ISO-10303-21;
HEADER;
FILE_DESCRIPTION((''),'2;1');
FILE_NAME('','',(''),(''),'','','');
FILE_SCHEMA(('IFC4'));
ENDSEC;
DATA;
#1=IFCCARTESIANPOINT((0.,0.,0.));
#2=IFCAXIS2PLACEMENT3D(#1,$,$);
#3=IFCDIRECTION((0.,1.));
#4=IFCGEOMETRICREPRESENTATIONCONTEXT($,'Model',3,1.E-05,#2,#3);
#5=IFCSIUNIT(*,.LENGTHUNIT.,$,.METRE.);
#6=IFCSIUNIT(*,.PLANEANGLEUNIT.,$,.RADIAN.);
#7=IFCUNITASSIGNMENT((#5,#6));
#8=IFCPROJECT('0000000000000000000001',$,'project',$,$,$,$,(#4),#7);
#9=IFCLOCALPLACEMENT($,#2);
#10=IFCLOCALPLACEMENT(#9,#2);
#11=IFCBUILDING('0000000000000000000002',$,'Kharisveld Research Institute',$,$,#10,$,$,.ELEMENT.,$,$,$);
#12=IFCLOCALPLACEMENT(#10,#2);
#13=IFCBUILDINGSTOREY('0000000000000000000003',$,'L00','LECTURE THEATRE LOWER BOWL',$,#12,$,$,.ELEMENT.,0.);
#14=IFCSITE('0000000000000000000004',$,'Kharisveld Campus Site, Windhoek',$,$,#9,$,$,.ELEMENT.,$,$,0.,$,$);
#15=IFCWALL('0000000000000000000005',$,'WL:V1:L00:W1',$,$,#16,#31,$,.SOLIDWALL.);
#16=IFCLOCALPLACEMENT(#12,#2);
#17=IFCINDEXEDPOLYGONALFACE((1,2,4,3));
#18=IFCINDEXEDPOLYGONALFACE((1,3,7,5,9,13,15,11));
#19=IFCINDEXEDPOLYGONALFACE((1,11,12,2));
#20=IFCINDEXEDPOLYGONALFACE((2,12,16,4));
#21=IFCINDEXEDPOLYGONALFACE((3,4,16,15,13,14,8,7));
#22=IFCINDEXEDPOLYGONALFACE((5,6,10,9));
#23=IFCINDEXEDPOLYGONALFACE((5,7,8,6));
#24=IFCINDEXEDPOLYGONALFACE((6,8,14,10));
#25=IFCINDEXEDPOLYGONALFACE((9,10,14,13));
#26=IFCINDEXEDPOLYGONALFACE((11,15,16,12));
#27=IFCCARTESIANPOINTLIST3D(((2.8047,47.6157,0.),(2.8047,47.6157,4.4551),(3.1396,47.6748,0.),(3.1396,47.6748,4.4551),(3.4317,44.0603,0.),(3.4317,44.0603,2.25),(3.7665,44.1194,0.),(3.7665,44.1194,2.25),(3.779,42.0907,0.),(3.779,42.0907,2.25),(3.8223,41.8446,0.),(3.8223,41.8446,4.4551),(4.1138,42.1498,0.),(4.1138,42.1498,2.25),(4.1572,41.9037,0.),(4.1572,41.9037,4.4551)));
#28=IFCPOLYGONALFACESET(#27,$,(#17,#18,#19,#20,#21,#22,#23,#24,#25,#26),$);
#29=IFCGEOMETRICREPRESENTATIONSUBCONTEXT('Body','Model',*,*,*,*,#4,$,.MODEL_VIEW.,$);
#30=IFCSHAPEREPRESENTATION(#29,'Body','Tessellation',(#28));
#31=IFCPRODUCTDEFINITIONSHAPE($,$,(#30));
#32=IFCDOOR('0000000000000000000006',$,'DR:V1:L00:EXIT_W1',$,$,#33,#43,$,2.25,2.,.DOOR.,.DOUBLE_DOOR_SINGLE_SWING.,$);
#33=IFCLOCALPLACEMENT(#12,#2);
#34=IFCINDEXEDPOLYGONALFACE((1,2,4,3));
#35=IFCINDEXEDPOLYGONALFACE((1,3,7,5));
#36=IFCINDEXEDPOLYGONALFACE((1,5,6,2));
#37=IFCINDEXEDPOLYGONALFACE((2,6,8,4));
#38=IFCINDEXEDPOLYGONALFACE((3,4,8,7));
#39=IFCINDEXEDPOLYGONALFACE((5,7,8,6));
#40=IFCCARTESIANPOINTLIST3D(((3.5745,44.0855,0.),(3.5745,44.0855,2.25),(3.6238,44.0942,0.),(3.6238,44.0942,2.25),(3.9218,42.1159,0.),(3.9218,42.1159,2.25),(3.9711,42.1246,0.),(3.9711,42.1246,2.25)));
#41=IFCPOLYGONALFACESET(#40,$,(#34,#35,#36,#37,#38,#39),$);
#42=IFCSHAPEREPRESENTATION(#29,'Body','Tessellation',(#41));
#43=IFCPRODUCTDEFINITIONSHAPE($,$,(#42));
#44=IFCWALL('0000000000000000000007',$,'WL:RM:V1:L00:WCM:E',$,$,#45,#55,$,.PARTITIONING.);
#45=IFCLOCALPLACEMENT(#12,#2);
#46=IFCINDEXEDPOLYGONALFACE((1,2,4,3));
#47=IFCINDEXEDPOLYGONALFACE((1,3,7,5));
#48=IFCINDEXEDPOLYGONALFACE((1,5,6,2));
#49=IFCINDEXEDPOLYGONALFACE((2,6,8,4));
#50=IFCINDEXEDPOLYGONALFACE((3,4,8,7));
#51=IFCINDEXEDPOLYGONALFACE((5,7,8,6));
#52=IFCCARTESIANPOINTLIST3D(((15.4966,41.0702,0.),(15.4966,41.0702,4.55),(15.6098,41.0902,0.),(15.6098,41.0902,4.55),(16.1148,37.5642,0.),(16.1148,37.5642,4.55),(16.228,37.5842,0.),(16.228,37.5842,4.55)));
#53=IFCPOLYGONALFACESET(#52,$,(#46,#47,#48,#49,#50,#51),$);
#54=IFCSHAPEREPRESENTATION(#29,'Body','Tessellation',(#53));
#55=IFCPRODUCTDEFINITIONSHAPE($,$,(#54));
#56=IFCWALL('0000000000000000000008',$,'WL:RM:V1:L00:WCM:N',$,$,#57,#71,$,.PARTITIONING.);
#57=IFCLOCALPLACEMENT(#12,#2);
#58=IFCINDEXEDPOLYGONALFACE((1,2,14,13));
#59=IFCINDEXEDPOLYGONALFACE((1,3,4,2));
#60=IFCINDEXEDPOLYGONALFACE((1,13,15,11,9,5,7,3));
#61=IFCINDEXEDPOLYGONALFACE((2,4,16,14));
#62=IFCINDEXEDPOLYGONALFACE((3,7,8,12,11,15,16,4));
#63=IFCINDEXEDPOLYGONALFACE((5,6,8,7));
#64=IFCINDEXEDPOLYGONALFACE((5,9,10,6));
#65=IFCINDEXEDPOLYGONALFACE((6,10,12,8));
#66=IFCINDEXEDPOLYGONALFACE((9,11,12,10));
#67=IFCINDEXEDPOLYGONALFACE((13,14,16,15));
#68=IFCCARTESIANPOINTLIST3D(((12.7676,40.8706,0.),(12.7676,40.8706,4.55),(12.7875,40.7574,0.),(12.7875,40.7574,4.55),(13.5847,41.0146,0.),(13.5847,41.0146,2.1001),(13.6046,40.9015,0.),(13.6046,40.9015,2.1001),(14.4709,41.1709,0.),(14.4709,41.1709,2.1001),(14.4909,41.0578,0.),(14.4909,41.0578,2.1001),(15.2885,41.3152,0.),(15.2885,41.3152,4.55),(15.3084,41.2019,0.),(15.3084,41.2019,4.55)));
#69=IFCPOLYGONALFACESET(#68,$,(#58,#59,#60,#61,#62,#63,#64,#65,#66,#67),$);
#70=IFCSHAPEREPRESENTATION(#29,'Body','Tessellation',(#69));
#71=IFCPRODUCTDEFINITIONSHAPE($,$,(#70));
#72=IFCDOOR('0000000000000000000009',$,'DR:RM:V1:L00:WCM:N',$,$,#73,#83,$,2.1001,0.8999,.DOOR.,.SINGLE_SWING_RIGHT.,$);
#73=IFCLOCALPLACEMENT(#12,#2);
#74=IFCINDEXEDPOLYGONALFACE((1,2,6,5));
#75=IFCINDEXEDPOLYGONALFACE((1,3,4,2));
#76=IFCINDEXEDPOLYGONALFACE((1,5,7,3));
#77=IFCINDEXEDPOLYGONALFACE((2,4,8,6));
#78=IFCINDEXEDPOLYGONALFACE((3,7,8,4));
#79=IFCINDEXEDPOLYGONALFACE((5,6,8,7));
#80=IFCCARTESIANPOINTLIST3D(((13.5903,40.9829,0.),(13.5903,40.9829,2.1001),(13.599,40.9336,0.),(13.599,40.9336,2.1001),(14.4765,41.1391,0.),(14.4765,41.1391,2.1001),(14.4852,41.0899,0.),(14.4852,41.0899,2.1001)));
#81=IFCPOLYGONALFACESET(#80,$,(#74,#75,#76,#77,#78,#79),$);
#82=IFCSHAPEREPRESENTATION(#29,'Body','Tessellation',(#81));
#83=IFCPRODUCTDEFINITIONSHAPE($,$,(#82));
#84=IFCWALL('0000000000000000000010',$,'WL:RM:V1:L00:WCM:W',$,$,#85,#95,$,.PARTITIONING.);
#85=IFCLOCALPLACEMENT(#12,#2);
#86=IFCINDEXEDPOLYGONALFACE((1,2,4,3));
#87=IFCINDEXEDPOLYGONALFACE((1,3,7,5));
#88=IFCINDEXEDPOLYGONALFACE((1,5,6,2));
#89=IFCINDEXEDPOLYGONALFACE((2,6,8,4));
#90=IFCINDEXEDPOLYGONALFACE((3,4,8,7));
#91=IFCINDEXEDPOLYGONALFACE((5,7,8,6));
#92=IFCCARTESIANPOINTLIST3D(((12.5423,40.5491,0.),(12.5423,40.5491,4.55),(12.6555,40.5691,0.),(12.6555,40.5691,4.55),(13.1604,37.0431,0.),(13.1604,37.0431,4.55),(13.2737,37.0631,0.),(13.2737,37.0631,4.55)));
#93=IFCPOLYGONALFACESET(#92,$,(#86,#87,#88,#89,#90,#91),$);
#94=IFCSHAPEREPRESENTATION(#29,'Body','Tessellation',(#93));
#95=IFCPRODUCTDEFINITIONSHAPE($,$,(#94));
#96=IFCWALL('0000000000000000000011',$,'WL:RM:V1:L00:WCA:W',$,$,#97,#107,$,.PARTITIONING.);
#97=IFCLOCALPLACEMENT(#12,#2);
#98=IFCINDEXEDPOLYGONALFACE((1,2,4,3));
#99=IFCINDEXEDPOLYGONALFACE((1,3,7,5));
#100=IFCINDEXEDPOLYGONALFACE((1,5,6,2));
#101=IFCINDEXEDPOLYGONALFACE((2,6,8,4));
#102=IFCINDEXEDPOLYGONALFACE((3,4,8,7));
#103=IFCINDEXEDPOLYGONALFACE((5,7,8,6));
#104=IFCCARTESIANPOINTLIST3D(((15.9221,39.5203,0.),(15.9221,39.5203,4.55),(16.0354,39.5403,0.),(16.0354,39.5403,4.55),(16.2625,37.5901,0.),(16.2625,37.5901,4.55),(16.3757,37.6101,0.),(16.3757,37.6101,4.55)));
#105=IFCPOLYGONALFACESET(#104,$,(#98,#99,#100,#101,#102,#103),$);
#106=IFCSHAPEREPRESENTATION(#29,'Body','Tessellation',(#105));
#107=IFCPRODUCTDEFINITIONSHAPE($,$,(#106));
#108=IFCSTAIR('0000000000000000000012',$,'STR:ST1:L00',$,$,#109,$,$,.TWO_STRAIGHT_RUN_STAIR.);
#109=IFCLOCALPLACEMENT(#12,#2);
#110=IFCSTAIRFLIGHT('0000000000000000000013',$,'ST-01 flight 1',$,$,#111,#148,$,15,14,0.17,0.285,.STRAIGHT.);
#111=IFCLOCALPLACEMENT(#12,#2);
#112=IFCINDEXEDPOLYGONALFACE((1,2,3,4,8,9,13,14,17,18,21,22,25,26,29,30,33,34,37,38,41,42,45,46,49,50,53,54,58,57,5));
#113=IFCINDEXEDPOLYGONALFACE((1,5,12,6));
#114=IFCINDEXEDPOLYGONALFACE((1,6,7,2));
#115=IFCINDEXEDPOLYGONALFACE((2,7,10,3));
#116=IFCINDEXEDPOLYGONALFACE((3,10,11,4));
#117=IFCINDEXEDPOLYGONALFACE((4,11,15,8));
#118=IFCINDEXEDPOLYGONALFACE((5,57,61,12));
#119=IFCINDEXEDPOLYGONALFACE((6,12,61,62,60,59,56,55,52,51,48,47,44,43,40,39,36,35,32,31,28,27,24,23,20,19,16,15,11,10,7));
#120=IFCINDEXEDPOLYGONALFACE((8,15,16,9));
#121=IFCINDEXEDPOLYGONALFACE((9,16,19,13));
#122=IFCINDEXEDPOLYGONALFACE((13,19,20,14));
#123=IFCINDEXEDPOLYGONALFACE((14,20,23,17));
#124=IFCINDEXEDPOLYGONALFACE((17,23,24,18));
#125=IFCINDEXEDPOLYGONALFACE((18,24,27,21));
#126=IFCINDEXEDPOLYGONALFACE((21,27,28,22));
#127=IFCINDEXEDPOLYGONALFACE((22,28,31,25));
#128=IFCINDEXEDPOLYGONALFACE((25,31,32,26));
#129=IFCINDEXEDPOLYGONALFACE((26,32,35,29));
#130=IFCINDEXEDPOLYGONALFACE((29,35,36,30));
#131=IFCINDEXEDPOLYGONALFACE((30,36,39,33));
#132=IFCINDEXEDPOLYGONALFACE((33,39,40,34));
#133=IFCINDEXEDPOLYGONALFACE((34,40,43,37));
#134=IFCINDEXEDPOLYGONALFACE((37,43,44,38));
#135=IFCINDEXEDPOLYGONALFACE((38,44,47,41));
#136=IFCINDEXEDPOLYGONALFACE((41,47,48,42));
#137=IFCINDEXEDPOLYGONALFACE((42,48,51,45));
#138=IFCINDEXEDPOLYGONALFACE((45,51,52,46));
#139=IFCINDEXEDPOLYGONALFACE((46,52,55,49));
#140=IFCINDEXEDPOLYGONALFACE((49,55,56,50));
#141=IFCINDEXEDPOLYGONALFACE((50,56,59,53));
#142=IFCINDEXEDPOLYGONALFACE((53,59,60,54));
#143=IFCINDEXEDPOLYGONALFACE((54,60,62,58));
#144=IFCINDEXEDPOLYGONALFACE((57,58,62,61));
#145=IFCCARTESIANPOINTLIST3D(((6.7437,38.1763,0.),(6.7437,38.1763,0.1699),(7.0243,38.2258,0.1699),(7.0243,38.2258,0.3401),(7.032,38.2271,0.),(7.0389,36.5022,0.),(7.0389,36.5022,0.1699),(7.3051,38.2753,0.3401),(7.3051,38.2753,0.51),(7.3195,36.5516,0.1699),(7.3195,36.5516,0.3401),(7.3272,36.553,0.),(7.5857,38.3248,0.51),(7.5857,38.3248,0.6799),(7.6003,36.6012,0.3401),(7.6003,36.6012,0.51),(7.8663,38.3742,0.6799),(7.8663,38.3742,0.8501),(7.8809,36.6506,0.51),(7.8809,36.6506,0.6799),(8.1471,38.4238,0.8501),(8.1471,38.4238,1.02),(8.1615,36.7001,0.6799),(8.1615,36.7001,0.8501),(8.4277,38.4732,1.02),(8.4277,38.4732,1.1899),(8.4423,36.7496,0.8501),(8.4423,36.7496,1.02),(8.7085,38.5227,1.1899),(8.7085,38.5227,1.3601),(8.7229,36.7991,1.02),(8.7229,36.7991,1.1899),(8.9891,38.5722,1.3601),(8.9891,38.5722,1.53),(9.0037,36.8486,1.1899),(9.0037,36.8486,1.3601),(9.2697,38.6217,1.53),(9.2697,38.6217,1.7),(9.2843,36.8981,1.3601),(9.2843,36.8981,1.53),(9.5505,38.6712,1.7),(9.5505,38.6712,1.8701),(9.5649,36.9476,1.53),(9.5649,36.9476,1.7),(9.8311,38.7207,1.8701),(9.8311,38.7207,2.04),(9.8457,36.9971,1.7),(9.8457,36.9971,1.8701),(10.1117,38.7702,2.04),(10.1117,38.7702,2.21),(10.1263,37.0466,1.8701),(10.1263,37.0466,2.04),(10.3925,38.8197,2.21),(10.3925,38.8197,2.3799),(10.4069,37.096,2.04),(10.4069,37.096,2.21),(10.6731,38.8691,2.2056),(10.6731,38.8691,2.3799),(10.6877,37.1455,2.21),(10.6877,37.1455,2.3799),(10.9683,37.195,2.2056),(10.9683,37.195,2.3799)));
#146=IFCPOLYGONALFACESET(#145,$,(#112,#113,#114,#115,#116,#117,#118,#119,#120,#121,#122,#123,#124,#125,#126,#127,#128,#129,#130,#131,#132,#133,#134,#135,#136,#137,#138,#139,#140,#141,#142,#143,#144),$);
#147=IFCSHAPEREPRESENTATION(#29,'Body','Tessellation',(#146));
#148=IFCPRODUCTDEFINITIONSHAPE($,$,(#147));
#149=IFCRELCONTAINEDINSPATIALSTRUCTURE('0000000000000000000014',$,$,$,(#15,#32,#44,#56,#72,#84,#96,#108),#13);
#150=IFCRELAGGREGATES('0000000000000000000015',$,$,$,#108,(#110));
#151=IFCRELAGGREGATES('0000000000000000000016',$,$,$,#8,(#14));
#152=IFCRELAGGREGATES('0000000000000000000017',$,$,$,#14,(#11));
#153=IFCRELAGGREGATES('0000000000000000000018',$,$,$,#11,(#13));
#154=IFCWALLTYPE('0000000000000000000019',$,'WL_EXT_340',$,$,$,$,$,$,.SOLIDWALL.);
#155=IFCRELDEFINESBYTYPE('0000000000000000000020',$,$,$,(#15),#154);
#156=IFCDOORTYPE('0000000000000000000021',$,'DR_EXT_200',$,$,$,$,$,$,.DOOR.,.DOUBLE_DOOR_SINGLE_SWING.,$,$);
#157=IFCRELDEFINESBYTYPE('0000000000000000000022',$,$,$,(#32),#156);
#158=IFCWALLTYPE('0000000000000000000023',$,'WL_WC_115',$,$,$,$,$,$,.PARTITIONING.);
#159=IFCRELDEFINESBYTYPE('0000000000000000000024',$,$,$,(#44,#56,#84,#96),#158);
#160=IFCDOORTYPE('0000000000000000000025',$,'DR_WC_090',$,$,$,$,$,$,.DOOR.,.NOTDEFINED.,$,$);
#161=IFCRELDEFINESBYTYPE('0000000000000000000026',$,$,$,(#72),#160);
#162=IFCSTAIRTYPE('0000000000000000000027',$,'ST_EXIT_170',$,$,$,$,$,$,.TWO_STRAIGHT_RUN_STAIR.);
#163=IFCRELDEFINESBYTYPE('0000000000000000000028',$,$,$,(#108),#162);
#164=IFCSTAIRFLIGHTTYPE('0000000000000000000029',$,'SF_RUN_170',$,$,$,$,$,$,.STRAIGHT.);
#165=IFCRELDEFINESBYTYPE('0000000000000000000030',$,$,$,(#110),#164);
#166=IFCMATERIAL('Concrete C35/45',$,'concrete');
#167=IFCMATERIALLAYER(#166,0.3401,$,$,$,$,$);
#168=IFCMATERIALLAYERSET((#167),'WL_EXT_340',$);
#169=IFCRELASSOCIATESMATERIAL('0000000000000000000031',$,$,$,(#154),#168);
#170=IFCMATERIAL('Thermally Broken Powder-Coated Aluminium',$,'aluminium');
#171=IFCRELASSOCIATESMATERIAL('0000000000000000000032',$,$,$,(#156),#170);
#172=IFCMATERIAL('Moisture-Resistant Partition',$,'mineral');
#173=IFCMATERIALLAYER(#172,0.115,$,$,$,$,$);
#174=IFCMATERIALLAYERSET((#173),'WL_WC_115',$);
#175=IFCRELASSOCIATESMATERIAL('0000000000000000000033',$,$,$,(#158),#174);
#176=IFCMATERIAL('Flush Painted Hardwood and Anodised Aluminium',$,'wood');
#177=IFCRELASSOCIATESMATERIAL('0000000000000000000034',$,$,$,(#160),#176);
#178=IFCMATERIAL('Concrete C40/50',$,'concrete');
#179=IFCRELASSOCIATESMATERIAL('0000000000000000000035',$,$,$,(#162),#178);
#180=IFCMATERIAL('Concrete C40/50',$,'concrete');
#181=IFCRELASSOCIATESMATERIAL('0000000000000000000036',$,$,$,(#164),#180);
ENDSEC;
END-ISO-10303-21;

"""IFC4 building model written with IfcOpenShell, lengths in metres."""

from ifc_helpers import new_model, si_unit, direction, frame, frame_2d, origin, place, context, subcontext, project, spatial, polyline, rectangle, outline, extrude, material, layer, layer_set, type_object, element, fill, aggregate, save


model = new_model("IFC4")

# Units and contexts
model_context = context("Model", 3, precision=1e-05, world=origin(), true_north=direction((0.0, 1.0)))
body_context = subcontext(model_context, "Body", "Model", "MODEL_VIEW")
ifc_project = project(units=[si_unit("LENGTHUNIT", "METRE"), si_unit("PLANEANGLEUNIT", "RADIAN")], contexts=[model_context])

# Site, building, storey
site_placement = place(None, origin())
site = spatial("IfcSite", under=ifc_project, at=site_placement, Name="Kharisveld Campus Site, Windhoek", CompositionType="ELEMENT", RefElevation=0.0)
building_placement = place(site_placement, origin())
building = spatial("IfcBuilding", under=site, at=building_placement, Name="Kharisveld Research Institute", CompositionType="ELEMENT")
storey_placement = place(building_placement, origin())
storey = spatial("IfcBuildingStorey", under=building, at=storey_placement, Name="L00", Description="LECTURE THEATRE LOWER BOWL", CompositionType="ELEMENT", Elevation=0.0)

# Wall, opening, door
ifc_material_1 = material(Name="Concrete C35/45", Category="concrete")
ifc_layer_1 = layer(ifc_material_1, 0.3401)
ifc_layer_set_1 = layer_set([ifc_layer_1], Name="WL_EXT_340")
wall_type_1 = type_object("IfcWallType", Name="WL_EXT_340", PredefinedType="SOLIDWALL", material=ifc_layer_set_1)
wall_1_placement = place(storey_placement, frame((3.9897, 41.874, 0.0), z_axis=(0.0, 0.0, 1.0), x_axis=(-0.173647, 0.984808, 0.0)))
wall_1 = element("IfcWall", 1, at=wall_1_placement, inside=storey, type_object=wall_type_1, Name="WL:V1:L00:W1", PredefinedType="SOLIDWALL", context=body_context, shape_type="SweptSolid", body=[
    extrude(rectangle(XDim=5.8601, YDim=0.3401, at=frame_2d((2.9302, 0.0))), origin(), (0.0, 0.0, 1.0), 4.4551),
])
opening_1_placement = place(wall_1_placement, frame((0.25, 0.0, 0.0)))
opening_1 = element("IfcOpeningElement", 2, at=opening_1_placement, cuts=wall_1, PredefinedType="OPENING", context=body_context, shape_type="SweptSolid", body=[
    extrude(rectangle(XDim=2.0, YDim=2.25, at=frame_2d((1.0, 1.125))), frame((0.0, 0.1699, 0.0), z_axis=(0.0, -1.0, 0.0), x_axis=(1.0, 0.0, 0.0)), (0.0, 0.0, 1.0), 0.3401),
])
ifc_material_2 = material(Name="Thermally Broken Powder-Coated Aluminium", Category="aluminium")
door_type_1 = type_object("IfcDoorType", Name="DR_EXT_200", OperationType="DOUBLE_DOOR_SINGLE_SWING", PredefinedType="DOOR", material=ifc_material_2)
door_1_placement = place(opening_1_placement, origin())
door_1 = element("IfcDoor", 3, at=door_1_placement, inside=storey, type_object=door_type_1, Name="DR:V1:L00:EXIT_W1", OperationType="DOUBLE_DOOR_SINGLE_SWING", OverallHeight=2.25, OverallWidth=2.0, PredefinedType="DOOR", context=body_context, shape_type="SweptSolid", body=[
    extrude(rectangle(XDim=2.0, YDim=2.25, at=frame_2d((1.0, 1.125))), frame((0.0, 0.0249, 0.0), z_axis=(0.0, -1.0, 0.0), x_axis=(1.0, 0.0, 0.0)), (0.0, 0.0, 1.0), 0.05),
])
fill(opening_1, door_1)

# Wall
ifc_material_3 = material(Name="Moisture-Resistant Partition", Category="mineral")
ifc_layer_2 = layer(ifc_material_3, 0.115)
ifc_layer_set_2 = layer_set([ifc_layer_2], Name="WL_WC_115")
wall_type_2 = type_object("IfcWallType", Name="WL_WC_115", PredefinedType="PARTITIONING", material=ifc_layer_set_2)
wall_2_placement = place(storey_placement, frame((16.1714, 37.5742, 0.0), z_axis=(0.0, 0.0, 1.0), x_axis=(-0.173644, 0.984808, 0.0)))
element("IfcWall", 4, at=wall_2_placement, inside=storey, type_object=wall_type_2, Name="WL:RM:V1:L00:WCM:E", PredefinedType="PARTITIONING", context=body_context, shape_type="SweptSolid", body=[
    extrude(rectangle(XDim=3.5601, YDim=0.115, at=frame_2d((1.78, 0.0))), origin(), (0.0, 0.0, 1.0), 4.55),
])

# Wall, opening, door
wall_3_placement = place(storey_placement, frame((15.2983, 41.2585, 0.0), z_axis=(0.0, 0.0, 1.0), x_axis=(-0.984804, -0.173671, 0.0)))
wall_3 = element("IfcWall", 5, at=wall_3_placement, inside=storey, type_object=wall_type_2, Name="WL:RM:V1:L00:WCM:N", PredefinedType="PARTITIONING", context=body_context, shape_type="SweptSolid", body=[
    extrude(rectangle(XDim=2.5598, YDim=0.115, at=frame_2d((1.2798, 0.0))), origin(), (0.0, 0.0, 1.0), 4.55),
])
opening_2_placement = place(wall_3_placement, frame((0.8301, 0.0, 0.0)))
opening_2 = element("IfcOpeningElement", 6, at=opening_2_placement, cuts=wall_3, PredefinedType="OPENING", context=body_context, shape_type="SweptSolid", body=[
    extrude(rectangle(XDim=0.8999, YDim=2.1001, at=frame_2d((0.45, 1.05))), frame((0.0, 0.0576, 0.0), z_axis=(0.0, -1.0, 0.0), x_axis=(1.0, 0.0, 0.0)), (0.0, 0.0, 1.0), 0.115),
])
ifc_material_4 = material(Name="Flush Painted Hardwood and Anodised Aluminium", Category="wood")
door_type_2 = type_object("IfcDoorType", Name="DR_WC_090", OperationType="NOTDEFINED", PredefinedType="DOOR", material=ifc_material_4)
door_2_placement = place(opening_2_placement, origin())
door_2 = element("IfcDoor", 7, at=door_2_placement, inside=storey, type_object=door_type_2, Name="DR:RM:V1:L00:WCM:N", OperationType="SINGLE_SWING_RIGHT", OverallHeight=2.1001, OverallWidth=0.8999, PredefinedType="DOOR", context=body_context, shape_type="SweptSolid", body=[
    extrude(rectangle(XDim=0.8999, YDim=2.1001, at=frame_2d((0.45, 1.05))), frame((0.0, 0.0249, 0.0), z_axis=(0.0, -1.0, 0.0), x_axis=(1.0, 0.0, 0.0)), (0.0, 0.0, 1.0), 0.05),
])
fill(opening_2, door_2)

# Walls
wall_4_placement = place(storey_placement, frame((12.5989, 40.5591, 0.0), z_axis=(0.0, 0.0, 1.0), x_axis=(0.173644, -0.984808, 0.0)))
element("IfcWall", 8, at=wall_4_placement, inside=storey, type_object=wall_type_2, Name="WL:RM:V1:L00:WCM:W", PredefinedType="PARTITIONING", context=body_context, shape_type="SweptSolid", body=[
    extrude(rectangle(XDim=3.5601, YDim=0.115, at=frame_2d((1.78, 0.0))), origin(), (0.0, 0.0, 1.0), 4.55),
])
wall_5_placement = place(storey_placement, frame((15.9788, 39.5303, 0.0), z_axis=(0.0, 0.0, 1.0), x_axis=(0.173643, -0.984809, 0.0)))
element("IfcWall", 9, at=wall_5_placement, inside=storey, type_object=wall_type_2, Name="WL:RM:V1:L00:WCA:W", PredefinedType="PARTITIONING", context=body_context, shape_type="SweptSolid", body=[
    extrude(rectangle(XDim=1.96, YDim=0.115, at=frame_2d((0.98, 0.0))), origin(), (0.0, 0.0, 1.0), 4.55),
])

# Stair, stair flight
ifc_material_5 = material(Name="Concrete C40/50", Category="concrete")
stair_type = type_object("IfcStairType", Name="ST_EXIT_170", PredefinedType="TWO_STRAIGHT_RUN_STAIR", material=ifc_material_5)
stair_placement = place(storey_placement, origin())
stair = element("IfcStair", 10, at=stair_placement, inside=storey, type_object=stair_type, Name="STR:ST1:L00", PredefinedType="TWO_STRAIGHT_RUN_STAIR")
ifc_material_6 = material(Name="Concrete C40/50", Category="concrete")
stair_flight_type = type_object("IfcStairFlightType", Name="SF_RUN_170", PredefinedType="STRAIGHT", material=ifc_material_6)
stair_flight_1_placement = place(storey_placement, frame((6.8914, 37.3391, 0.0), z_axis=(0.0, 0.0, 1.0), x_axis=(0.984808, 0.173648, 0.0)))
stair_flight_1 = element("IfcStairFlight", 11, at=stair_flight_1_placement, type_object=stair_flight_type, Name="ST-01 flight 1", NumberOfRisers=15, NumberOfTreads=14, PredefinedType="STRAIGHT", RiserHeight=0.17, TreadLength=0.285, context=body_context, shape_type="SweptSolid", body=[
    extrude(outline(polyline([(0.0, 0.0), (0.0, 0.1699), (0.2849, 0.1699), (0.2849, 0.3401), (0.5701, 0.3401), (0.5701, 0.51), (0.855, 0.51), (0.855, 0.6799), (1.1399, 0.6799), (1.1399, 0.8501), (1.425, 0.8501), (1.425, 1.02), (1.71, 1.02), (1.71, 1.1899), (1.9951, 1.1899), (1.9951, 1.3601), (2.28, 1.3601), (2.28, 1.53), (2.5649, 1.53), (2.5649, 1.7), (2.8501, 1.7), (2.8501, 1.8701), (3.135, 1.8701), (3.135, 2.04), (3.4199, 2.04), (3.4199, 2.21), (3.7051, 2.21), (3.7051, 2.3799), (3.99, 2.3799), (3.99, 2.55), (3.99, 2.2056), (0.2927, 0.0), (0.0, 0.0)])), frame((0.0, 0.8501, 0.0), z_axis=(0.0, -1.0, 0.0), x_axis=(1.0, 0.0, 0.0)), (0.0, 0.0, 1.0), 1.7),
])
aggregate(stair, [stair_flight_1])

save(model, "model.ifc")
